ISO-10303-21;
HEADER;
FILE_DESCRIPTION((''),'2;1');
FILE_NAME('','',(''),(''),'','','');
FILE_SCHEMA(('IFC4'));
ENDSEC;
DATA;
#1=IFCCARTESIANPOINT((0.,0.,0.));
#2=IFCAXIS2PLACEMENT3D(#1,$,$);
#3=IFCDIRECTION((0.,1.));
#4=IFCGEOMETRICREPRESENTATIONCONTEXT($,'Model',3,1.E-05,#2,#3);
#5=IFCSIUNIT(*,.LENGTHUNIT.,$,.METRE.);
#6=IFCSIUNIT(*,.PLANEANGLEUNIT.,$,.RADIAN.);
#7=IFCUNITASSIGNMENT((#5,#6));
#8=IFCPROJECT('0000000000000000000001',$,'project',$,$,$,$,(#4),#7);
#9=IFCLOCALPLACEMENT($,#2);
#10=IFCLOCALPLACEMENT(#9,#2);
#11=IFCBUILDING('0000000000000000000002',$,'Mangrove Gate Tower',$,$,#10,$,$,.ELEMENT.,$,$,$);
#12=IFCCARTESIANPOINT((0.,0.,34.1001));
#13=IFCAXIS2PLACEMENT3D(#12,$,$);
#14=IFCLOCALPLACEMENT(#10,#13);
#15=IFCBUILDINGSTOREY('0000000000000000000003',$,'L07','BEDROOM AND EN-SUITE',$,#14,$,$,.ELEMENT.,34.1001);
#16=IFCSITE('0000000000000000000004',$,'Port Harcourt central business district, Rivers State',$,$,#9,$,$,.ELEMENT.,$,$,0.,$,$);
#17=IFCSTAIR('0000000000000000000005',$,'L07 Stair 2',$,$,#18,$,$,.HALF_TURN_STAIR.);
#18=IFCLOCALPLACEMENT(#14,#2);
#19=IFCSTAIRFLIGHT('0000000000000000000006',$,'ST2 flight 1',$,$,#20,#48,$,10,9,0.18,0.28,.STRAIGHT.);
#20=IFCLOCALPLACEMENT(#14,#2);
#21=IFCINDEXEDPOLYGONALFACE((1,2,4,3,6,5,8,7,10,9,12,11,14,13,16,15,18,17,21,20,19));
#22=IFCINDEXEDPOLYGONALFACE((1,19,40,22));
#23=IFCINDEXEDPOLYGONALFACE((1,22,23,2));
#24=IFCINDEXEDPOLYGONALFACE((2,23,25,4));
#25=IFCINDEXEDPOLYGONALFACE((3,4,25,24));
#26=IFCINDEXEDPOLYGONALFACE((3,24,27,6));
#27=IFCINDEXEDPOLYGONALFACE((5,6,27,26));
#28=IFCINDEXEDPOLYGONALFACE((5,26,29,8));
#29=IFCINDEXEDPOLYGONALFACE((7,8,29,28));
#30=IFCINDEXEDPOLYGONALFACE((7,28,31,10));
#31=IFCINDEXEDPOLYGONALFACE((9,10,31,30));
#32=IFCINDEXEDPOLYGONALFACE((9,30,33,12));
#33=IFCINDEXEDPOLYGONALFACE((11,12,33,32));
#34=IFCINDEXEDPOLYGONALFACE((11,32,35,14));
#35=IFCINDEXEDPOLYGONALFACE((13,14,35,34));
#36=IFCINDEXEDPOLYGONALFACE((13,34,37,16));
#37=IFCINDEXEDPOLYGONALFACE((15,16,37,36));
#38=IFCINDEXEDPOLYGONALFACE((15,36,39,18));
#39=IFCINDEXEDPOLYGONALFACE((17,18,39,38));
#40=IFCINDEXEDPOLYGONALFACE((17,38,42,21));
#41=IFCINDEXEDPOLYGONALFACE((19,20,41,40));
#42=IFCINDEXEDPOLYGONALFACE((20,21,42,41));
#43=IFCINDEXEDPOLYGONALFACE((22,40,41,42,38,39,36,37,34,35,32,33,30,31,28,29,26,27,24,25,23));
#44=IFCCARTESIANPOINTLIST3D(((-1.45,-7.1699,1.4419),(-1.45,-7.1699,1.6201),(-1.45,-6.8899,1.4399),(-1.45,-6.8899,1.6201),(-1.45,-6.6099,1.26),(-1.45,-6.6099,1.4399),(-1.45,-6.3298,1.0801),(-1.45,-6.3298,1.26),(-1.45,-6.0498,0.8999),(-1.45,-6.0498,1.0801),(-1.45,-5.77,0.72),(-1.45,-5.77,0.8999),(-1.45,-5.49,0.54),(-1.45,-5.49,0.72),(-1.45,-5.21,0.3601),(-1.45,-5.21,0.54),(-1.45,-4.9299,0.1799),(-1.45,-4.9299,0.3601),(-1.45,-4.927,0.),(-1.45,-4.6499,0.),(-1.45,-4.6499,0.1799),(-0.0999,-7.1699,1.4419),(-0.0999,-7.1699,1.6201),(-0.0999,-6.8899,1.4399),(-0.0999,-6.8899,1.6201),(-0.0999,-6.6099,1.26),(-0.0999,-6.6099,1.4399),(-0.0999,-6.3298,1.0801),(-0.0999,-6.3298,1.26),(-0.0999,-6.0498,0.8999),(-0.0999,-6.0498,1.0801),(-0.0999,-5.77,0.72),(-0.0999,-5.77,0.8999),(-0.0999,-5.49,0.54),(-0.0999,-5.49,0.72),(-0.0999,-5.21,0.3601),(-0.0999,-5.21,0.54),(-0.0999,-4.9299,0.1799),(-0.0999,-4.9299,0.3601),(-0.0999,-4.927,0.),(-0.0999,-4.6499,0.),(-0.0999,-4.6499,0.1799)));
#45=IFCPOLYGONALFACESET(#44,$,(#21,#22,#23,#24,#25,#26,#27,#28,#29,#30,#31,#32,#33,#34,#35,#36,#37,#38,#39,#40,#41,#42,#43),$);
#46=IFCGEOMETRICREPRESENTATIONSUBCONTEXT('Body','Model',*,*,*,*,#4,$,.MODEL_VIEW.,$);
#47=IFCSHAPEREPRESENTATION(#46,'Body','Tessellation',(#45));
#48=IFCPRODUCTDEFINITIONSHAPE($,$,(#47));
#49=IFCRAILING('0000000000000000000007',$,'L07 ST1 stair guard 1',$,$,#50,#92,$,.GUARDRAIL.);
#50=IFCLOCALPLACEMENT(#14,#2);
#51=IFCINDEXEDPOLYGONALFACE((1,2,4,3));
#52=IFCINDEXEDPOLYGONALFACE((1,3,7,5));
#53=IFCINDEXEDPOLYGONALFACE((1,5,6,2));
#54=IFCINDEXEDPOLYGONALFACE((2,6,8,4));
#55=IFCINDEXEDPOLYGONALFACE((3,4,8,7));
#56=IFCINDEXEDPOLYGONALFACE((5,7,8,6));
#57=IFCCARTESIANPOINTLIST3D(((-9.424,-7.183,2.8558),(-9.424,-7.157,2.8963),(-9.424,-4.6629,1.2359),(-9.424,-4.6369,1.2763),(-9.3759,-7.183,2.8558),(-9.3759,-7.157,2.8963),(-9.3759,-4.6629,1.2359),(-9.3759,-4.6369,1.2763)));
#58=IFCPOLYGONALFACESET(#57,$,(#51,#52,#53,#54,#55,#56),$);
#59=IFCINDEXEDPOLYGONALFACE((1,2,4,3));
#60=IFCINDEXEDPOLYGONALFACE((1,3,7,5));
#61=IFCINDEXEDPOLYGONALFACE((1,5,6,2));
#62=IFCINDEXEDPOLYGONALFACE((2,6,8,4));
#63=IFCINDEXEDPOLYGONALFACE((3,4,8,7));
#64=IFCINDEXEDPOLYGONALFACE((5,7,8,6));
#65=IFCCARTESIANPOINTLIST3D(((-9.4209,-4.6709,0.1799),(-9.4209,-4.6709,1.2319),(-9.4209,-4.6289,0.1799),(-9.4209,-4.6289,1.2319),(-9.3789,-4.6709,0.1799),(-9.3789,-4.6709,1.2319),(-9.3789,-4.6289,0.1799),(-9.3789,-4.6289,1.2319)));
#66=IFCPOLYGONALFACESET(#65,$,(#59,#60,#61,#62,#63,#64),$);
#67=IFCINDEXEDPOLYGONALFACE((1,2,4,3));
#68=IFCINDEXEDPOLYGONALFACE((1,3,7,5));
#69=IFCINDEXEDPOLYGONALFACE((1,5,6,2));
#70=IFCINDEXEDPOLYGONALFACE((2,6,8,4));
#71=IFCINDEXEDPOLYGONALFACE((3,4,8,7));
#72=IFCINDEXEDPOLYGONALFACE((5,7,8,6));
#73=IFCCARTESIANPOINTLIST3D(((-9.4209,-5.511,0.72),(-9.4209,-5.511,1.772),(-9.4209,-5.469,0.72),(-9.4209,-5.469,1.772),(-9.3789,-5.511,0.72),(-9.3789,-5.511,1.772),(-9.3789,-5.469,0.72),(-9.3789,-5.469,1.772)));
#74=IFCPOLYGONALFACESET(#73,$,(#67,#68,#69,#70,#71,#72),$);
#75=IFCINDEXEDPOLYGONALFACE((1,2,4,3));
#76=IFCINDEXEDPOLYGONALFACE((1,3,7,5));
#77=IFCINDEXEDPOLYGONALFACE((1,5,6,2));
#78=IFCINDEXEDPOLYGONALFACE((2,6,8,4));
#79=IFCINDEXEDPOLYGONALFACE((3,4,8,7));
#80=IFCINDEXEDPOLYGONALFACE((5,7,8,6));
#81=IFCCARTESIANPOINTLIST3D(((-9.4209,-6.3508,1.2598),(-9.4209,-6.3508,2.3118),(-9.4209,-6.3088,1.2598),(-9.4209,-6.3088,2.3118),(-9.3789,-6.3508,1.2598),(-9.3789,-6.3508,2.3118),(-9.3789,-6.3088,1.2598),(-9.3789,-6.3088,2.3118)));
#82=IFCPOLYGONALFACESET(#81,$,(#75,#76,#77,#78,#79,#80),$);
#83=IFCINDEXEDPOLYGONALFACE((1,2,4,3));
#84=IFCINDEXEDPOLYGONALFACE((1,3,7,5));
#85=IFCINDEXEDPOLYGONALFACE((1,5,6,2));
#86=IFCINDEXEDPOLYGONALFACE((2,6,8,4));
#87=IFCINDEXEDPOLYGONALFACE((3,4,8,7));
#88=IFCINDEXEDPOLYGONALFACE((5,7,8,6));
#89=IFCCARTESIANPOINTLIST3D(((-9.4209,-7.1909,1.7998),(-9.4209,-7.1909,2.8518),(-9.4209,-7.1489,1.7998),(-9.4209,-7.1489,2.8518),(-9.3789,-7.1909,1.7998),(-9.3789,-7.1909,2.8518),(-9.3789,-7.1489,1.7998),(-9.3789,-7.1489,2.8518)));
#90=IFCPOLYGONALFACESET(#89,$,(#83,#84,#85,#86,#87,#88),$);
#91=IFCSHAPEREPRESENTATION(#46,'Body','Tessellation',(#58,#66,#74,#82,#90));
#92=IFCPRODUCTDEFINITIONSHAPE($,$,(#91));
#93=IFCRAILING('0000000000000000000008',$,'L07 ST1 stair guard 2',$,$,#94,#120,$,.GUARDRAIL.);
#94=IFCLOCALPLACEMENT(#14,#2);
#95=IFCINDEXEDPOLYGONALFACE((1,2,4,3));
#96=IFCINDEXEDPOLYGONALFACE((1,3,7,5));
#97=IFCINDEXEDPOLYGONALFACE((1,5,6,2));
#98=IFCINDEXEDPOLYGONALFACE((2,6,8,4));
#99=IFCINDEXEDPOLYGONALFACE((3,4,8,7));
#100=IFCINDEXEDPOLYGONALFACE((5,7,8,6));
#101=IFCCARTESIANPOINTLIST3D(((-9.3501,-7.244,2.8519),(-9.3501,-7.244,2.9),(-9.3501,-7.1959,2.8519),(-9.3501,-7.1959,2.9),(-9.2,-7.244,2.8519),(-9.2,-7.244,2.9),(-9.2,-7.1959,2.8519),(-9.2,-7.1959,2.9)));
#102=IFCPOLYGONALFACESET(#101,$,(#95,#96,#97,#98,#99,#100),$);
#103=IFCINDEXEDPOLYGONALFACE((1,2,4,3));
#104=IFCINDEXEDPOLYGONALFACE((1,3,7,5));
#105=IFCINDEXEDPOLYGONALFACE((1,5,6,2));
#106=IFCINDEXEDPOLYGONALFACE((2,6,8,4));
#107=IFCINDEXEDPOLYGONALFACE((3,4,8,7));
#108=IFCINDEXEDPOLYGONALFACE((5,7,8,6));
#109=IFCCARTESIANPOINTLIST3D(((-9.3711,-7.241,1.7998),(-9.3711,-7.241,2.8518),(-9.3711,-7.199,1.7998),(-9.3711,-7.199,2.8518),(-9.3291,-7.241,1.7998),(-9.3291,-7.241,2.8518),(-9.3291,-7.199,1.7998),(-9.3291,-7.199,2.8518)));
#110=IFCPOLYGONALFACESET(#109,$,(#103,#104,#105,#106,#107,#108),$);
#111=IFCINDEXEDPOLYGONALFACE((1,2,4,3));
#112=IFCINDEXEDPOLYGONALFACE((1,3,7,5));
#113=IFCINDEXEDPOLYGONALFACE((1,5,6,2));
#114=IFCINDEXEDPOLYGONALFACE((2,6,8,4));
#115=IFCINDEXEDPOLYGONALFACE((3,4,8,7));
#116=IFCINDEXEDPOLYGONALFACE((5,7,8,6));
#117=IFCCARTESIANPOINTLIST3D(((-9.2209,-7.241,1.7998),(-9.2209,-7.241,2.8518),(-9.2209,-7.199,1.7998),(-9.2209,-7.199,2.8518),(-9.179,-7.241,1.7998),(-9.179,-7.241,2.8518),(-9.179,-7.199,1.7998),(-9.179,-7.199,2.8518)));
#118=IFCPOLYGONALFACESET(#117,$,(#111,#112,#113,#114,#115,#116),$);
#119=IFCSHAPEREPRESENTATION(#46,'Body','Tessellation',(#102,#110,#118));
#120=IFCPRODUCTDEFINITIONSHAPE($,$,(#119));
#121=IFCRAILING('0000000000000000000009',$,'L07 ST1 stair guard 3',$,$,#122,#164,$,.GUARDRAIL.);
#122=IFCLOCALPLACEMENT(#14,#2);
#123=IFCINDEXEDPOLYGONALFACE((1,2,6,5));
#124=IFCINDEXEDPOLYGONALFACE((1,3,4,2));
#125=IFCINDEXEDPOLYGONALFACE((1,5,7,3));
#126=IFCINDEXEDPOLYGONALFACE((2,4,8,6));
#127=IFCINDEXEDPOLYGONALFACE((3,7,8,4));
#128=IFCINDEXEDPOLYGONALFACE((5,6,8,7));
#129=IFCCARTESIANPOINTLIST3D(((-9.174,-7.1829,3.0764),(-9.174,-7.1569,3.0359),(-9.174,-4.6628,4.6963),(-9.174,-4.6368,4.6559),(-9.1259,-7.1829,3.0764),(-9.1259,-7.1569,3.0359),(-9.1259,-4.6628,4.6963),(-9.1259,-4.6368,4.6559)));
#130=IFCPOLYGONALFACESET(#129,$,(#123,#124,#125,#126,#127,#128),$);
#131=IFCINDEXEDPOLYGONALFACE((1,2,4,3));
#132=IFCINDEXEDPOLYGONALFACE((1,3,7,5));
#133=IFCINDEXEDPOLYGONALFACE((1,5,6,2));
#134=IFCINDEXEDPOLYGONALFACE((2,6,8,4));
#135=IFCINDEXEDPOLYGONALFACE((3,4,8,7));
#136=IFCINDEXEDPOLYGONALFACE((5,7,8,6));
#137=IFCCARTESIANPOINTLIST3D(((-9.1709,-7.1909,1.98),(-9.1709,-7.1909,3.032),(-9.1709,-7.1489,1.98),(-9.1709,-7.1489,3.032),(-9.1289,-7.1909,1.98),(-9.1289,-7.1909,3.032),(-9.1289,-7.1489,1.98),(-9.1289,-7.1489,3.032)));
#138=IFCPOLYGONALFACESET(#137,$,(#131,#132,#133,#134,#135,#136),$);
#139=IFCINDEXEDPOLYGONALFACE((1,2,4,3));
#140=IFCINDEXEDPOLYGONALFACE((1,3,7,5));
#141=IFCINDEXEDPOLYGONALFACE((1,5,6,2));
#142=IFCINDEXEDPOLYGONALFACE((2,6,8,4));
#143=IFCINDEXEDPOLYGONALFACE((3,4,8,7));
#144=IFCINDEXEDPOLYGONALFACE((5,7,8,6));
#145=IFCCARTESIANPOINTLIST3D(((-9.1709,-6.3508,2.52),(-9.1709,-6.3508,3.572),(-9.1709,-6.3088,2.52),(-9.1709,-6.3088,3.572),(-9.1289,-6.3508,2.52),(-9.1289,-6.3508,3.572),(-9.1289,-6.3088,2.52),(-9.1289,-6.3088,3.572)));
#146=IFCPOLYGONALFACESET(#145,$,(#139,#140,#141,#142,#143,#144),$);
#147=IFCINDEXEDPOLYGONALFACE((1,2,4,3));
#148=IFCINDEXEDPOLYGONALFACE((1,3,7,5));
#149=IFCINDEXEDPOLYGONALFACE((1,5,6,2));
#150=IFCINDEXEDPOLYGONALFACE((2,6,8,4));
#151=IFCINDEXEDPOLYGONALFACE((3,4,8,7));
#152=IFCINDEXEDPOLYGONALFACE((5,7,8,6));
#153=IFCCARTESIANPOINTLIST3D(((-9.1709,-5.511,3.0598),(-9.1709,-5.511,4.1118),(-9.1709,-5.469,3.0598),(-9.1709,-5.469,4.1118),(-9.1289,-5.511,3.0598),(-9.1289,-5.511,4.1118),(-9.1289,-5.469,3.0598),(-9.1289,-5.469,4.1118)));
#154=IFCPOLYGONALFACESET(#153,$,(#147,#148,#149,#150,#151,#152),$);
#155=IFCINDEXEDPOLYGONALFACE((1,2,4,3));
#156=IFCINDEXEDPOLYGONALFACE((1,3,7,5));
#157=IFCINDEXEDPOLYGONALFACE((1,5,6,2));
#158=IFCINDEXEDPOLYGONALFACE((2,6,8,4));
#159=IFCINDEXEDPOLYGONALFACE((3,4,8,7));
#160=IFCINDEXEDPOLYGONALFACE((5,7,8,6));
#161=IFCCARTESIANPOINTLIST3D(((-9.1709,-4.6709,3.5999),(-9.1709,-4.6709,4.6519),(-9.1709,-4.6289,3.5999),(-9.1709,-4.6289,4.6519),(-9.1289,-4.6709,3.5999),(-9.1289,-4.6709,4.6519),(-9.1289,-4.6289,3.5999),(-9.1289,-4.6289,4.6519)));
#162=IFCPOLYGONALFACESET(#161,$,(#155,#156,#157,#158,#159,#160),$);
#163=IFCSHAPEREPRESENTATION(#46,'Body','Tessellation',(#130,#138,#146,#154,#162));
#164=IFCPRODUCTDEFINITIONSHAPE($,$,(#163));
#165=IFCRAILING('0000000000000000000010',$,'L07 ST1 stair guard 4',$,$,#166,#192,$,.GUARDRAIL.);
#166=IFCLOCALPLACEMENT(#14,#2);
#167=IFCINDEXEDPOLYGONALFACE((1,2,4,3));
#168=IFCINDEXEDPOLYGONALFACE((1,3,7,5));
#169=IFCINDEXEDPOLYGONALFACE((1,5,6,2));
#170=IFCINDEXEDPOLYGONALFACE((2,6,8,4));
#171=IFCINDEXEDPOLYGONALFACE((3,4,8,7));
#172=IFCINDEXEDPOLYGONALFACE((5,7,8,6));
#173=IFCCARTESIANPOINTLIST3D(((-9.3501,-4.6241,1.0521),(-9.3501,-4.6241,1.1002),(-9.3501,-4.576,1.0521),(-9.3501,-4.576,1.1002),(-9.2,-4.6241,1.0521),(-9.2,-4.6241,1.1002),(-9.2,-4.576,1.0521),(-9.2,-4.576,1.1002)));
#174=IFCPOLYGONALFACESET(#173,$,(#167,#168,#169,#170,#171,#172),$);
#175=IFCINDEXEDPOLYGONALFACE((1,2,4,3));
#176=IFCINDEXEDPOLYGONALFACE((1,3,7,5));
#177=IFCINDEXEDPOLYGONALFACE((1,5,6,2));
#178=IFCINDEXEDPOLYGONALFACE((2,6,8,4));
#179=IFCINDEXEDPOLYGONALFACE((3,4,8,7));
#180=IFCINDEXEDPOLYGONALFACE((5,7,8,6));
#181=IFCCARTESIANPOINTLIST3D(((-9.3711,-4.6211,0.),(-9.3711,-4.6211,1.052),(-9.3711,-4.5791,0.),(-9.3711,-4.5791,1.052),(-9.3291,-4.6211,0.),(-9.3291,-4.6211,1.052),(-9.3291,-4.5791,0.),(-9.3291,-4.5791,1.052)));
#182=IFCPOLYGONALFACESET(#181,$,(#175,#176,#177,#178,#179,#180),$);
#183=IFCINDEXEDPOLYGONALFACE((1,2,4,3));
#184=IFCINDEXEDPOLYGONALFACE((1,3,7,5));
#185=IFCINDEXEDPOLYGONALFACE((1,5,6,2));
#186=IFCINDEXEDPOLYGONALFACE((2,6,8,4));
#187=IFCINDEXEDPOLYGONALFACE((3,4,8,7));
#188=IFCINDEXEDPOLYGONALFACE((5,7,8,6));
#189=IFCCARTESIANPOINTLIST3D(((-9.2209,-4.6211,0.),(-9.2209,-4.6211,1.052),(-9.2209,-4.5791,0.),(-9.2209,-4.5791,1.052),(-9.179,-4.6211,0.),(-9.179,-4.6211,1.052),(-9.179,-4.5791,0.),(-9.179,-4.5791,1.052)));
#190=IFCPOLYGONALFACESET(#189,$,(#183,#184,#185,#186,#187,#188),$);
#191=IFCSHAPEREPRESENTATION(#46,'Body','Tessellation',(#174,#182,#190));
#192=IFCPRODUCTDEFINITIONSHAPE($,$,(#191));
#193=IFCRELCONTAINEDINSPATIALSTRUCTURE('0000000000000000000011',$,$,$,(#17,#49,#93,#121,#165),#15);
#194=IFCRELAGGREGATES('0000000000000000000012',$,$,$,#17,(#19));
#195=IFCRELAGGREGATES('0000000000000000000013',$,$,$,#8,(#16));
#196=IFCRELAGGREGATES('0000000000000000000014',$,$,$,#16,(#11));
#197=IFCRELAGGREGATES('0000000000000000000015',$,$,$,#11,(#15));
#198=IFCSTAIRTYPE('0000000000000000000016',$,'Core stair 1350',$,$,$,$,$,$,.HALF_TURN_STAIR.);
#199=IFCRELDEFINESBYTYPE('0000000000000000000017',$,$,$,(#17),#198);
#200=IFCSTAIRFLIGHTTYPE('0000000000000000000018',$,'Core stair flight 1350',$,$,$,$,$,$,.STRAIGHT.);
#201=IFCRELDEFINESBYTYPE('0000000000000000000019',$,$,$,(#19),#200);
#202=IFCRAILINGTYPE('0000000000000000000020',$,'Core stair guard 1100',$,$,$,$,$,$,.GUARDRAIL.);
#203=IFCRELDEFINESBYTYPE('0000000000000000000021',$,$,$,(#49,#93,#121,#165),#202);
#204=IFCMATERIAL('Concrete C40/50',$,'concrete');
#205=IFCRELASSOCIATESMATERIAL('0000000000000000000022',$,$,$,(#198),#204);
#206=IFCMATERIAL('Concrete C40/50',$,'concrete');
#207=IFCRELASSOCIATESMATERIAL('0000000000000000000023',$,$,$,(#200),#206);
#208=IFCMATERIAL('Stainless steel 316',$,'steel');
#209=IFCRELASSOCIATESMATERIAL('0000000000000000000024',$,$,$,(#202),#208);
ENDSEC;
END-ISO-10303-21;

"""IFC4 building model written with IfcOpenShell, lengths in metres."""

from ifc_helpers import new_model, si_unit, direction, frame, origin, origin_2d, place, context, subcontext, project, spatial, polyline, rectangle, outline, extrude, material, type_object, element, aggregate, save


model = new_model("IFC4")

# Units and contexts
model_context = context("Model", 3, precision=1e-05, world=origin(), true_north=direction((0.0, 1.0)))
body_context = subcontext(model_context, "Body", "Model", "MODEL_VIEW")
ifc_project = project(units=[si_unit("LENGTHUNIT", "METRE"), si_unit("PLANEANGLEUNIT", "RADIAN")], contexts=[model_context])

# Site, building, storey
site_placement = place(None, origin())
site = spatial("IfcSite", under=ifc_project, at=site_placement, Name="Port Harcourt central business district, Rivers State", CompositionType="ELEMENT", RefElevation=0.0)
building_placement = place(site_placement, origin())
building = spatial("IfcBuilding", under=site, at=building_placement, Name="Mangrove Gate Tower", CompositionType="ELEMENT")
storey_placement = place(building_placement, frame((0.0, 0.0, 34.1001)))
storey = spatial("IfcBuildingStorey", under=building, at=storey_placement, Name="L07", Description="BEDROOM AND EN-SUITE", CompositionType="ELEMENT", Elevation=34.1001)

# Shared definitions
ifc_material_1 = material(Name="Concrete C40/50", Category="concrete")
stair_type = type_object("IfcStairType", Name="Core stair 1350", PredefinedType="HALF_TURN_STAIR", material=ifc_material_1)
ifc_material_2 = material(Name="Concrete C40/50", Category="concrete")
stair_flight_type = type_object("IfcStairFlightType", Name="Core stair flight 1350", PredefinedType="STRAIGHT", material=ifc_material_2)

# Stair, stair flight
stair_1_placement = place(storey_placement, origin())
stair_1 = element("IfcStair", 1, at=stair_1_placement, inside=storey, type_object=stair_type, Name="L07 Stair 2", PredefinedType="HALF_TURN_STAIR")
stair_flight_1_placement = place(storey_placement, frame((-0.7749, -4.6499, 0.0), z_axis=(0.0, 0.0, 1.0), x_axis=(0.0, -1.0, 0.0)))
stair_flight_1 = element("IfcStairFlight", 2, at=stair_flight_1_placement, type_object=stair_flight_type, Name="ST2 flight 1", NumberOfRisers=10, NumberOfTreads=9, PredefinedType="STRAIGHT", RiserHeight=0.18, TreadLength=0.28, context=body_context, shape_type="SweptSolid", body=[
    extrude(outline(polyline([(0.0, 0.0), (0.0, 0.1799), (0.28, 0.1799), (0.28, 0.3601), (0.5601, 0.3601), (0.5601, 0.54), (0.8401, 0.54), (0.8401, 0.72), (1.1201, 0.72), (1.1201, 0.8999), (1.3999, 0.8999), (1.3999, 1.0801), (1.6799, 1.0801), (1.6799, 1.26), (1.96, 1.26), (1.96, 1.4399), (2.24, 1.4399), (2.24, 1.6201), (2.52, 1.6201), (2.52, 1.8), (2.52, 1.4419), (0.2771, 0.0), (0.0, 0.0)])), frame((0.0, 0.675, 0.0), z_axis=(0.0, -1.0, 0.0), x_axis=(1.0, 0.0, 0.0)), (0.0, 0.0, 1.0), 1.3501),
])
aggregate(stair_1, [stair_flight_1])

# Railings
ifc_material_3 = material(Name="Stainless steel 316", Category="steel")
railing_type_1 = type_object("IfcRailingType", Name="Core stair guard 1100", PredefinedType="GUARDRAIL", material=ifc_material_3)
railing_1_placement = place(storey_placement, frame((-9.3999, -4.6499, 0.1799)))
element("IfcRailing", 3, at=railing_1_placement, inside=storey, type_object=railing_type_1, Name="L07 ST1 stair guard 1", PredefinedType="GUARDRAIL", context=body_context, shape_type="SweptSolid", body=[
    extrude(rectangle(XDim=0.0481, YDim=0.0481, at=origin_2d()), frame((0.0, 0.0, 1.0762), z_axis=(0.0, -0.8412, 0.540725), x_axis=(1.0, 0.0, 0.0)), (0.0, 0.0, 1.0), 2.9958),
    extrude(rectangle(XDim=0.042, YDim=0.042, at=origin_2d()), origin(), (0.0, 0.0, 1.0), 1.052),
    extrude(rectangle(XDim=0.042, YDim=0.042, at=origin_2d()), frame((0.0, -0.8401, 0.54)), (0.0, 0.0, 1.0), 1.052),
    extrude(rectangle(XDim=0.042, YDim=0.042, at=origin_2d()), frame((0.0, -1.6799, 1.0798)), (0.0, 0.0, 1.0), 1.052),
    extrude(rectangle(XDim=0.042, YDim=0.042, at=origin_2d()), frame((0.0, -2.52, 1.6199)), (0.0, 0.0, 1.0), 1.052),
])
railing_2_placement = place(storey_placement, frame((-9.3501, -7.22, 1.7998)))
element("IfcRailing", 4, at=railing_2_placement, inside=storey, type_object=railing_type_1, Name="L07 ST1 stair guard 2", PredefinedType="GUARDRAIL", context=body_context, shape_type="SweptSolid", body=[
    extrude(rectangle(XDim=0.0481, YDim=0.0481, at=origin_2d()), frame((0.0, 0.0, 1.0762), z_axis=(1.0, 0.0, 0.0), x_axis=(0.0, 1.0, 0.0)), (0.0, 0.0, 1.0), 0.1501),
    extrude(rectangle(XDim=0.042, YDim=0.042, at=origin_2d()), origin(), (0.0, 0.0, 1.0), 1.052),
    extrude(rectangle(XDim=0.042, YDim=0.042, at=origin_2d()), frame((0.1501, 0.0, 0.0)), (0.0, 0.0, 1.0), 1.052),
])
railing_3_placement = place(storey_placement, frame((-9.1499, -7.1699, 1.98)))
element("IfcRailing", 5, at=railing_3_placement, inside=storey, type_object=railing_type_1, Name="L07 ST1 stair guard 3", PredefinedType="GUARDRAIL", context=body_context, shape_type="SweptSolid", body=[
    extrude(rectangle(XDim=0.0481, YDim=0.0481, at=origin_2d()), frame((0.0, 0.0, 1.0762), z_axis=(0.0, 0.8412, 0.540725), x_axis=(-1.0, 0.0, 0.0)), (0.0, 0.0, 1.0), 2.9958),
    extrude(rectangle(XDim=0.042, YDim=0.042, at=origin_2d()), origin(), (0.0, 0.0, 1.0), 1.052),
    extrude(rectangle(XDim=0.042, YDim=0.042, at=origin_2d()), frame((0.0, 0.8401, 0.54)), (0.0, 0.0, 1.0), 1.052),
    extrude(rectangle(XDim=0.042, YDim=0.042, at=origin_2d()), frame((0.0, 1.6799, 1.0798)), (0.0, 0.0, 1.0), 1.052),
    extrude(rectangle(XDim=0.042, YDim=0.042, at=origin_2d()), frame((0.0, 2.52, 1.6199)), (0.0, 0.0, 1.0), 1.052),
])
railing_4_placement = place(storey_placement, frame((-9.3501, -4.6001, 0.0)))
element("IfcRailing", 6, at=railing_4_placement, inside=storey, type_object=railing_type_1, Name="L07 ST1 stair guard 4", PredefinedType="GUARDRAIL", context=body_context, shape_type="SweptSolid", body=[
    extrude(rectangle(XDim=0.0481, YDim=0.0481, at=origin_2d()), frame((0.0, 0.0, 1.0762), z_axis=(1.0, 0.0, 0.0), x_axis=(0.0, 1.0, 0.0)), (0.0, 0.0, 1.0), 0.1501),
    extrude(rectangle(XDim=0.042, YDim=0.042, at=origin_2d()), origin(), (0.0, 0.0, 1.0), 1.052),
    extrude(rectangle(XDim=0.042, YDim=0.042, at=origin_2d()), frame((0.1501, 0.0, 0.0)), (0.0, 0.0, 1.0), 1.052),
])

save(model, "model.ifc")
